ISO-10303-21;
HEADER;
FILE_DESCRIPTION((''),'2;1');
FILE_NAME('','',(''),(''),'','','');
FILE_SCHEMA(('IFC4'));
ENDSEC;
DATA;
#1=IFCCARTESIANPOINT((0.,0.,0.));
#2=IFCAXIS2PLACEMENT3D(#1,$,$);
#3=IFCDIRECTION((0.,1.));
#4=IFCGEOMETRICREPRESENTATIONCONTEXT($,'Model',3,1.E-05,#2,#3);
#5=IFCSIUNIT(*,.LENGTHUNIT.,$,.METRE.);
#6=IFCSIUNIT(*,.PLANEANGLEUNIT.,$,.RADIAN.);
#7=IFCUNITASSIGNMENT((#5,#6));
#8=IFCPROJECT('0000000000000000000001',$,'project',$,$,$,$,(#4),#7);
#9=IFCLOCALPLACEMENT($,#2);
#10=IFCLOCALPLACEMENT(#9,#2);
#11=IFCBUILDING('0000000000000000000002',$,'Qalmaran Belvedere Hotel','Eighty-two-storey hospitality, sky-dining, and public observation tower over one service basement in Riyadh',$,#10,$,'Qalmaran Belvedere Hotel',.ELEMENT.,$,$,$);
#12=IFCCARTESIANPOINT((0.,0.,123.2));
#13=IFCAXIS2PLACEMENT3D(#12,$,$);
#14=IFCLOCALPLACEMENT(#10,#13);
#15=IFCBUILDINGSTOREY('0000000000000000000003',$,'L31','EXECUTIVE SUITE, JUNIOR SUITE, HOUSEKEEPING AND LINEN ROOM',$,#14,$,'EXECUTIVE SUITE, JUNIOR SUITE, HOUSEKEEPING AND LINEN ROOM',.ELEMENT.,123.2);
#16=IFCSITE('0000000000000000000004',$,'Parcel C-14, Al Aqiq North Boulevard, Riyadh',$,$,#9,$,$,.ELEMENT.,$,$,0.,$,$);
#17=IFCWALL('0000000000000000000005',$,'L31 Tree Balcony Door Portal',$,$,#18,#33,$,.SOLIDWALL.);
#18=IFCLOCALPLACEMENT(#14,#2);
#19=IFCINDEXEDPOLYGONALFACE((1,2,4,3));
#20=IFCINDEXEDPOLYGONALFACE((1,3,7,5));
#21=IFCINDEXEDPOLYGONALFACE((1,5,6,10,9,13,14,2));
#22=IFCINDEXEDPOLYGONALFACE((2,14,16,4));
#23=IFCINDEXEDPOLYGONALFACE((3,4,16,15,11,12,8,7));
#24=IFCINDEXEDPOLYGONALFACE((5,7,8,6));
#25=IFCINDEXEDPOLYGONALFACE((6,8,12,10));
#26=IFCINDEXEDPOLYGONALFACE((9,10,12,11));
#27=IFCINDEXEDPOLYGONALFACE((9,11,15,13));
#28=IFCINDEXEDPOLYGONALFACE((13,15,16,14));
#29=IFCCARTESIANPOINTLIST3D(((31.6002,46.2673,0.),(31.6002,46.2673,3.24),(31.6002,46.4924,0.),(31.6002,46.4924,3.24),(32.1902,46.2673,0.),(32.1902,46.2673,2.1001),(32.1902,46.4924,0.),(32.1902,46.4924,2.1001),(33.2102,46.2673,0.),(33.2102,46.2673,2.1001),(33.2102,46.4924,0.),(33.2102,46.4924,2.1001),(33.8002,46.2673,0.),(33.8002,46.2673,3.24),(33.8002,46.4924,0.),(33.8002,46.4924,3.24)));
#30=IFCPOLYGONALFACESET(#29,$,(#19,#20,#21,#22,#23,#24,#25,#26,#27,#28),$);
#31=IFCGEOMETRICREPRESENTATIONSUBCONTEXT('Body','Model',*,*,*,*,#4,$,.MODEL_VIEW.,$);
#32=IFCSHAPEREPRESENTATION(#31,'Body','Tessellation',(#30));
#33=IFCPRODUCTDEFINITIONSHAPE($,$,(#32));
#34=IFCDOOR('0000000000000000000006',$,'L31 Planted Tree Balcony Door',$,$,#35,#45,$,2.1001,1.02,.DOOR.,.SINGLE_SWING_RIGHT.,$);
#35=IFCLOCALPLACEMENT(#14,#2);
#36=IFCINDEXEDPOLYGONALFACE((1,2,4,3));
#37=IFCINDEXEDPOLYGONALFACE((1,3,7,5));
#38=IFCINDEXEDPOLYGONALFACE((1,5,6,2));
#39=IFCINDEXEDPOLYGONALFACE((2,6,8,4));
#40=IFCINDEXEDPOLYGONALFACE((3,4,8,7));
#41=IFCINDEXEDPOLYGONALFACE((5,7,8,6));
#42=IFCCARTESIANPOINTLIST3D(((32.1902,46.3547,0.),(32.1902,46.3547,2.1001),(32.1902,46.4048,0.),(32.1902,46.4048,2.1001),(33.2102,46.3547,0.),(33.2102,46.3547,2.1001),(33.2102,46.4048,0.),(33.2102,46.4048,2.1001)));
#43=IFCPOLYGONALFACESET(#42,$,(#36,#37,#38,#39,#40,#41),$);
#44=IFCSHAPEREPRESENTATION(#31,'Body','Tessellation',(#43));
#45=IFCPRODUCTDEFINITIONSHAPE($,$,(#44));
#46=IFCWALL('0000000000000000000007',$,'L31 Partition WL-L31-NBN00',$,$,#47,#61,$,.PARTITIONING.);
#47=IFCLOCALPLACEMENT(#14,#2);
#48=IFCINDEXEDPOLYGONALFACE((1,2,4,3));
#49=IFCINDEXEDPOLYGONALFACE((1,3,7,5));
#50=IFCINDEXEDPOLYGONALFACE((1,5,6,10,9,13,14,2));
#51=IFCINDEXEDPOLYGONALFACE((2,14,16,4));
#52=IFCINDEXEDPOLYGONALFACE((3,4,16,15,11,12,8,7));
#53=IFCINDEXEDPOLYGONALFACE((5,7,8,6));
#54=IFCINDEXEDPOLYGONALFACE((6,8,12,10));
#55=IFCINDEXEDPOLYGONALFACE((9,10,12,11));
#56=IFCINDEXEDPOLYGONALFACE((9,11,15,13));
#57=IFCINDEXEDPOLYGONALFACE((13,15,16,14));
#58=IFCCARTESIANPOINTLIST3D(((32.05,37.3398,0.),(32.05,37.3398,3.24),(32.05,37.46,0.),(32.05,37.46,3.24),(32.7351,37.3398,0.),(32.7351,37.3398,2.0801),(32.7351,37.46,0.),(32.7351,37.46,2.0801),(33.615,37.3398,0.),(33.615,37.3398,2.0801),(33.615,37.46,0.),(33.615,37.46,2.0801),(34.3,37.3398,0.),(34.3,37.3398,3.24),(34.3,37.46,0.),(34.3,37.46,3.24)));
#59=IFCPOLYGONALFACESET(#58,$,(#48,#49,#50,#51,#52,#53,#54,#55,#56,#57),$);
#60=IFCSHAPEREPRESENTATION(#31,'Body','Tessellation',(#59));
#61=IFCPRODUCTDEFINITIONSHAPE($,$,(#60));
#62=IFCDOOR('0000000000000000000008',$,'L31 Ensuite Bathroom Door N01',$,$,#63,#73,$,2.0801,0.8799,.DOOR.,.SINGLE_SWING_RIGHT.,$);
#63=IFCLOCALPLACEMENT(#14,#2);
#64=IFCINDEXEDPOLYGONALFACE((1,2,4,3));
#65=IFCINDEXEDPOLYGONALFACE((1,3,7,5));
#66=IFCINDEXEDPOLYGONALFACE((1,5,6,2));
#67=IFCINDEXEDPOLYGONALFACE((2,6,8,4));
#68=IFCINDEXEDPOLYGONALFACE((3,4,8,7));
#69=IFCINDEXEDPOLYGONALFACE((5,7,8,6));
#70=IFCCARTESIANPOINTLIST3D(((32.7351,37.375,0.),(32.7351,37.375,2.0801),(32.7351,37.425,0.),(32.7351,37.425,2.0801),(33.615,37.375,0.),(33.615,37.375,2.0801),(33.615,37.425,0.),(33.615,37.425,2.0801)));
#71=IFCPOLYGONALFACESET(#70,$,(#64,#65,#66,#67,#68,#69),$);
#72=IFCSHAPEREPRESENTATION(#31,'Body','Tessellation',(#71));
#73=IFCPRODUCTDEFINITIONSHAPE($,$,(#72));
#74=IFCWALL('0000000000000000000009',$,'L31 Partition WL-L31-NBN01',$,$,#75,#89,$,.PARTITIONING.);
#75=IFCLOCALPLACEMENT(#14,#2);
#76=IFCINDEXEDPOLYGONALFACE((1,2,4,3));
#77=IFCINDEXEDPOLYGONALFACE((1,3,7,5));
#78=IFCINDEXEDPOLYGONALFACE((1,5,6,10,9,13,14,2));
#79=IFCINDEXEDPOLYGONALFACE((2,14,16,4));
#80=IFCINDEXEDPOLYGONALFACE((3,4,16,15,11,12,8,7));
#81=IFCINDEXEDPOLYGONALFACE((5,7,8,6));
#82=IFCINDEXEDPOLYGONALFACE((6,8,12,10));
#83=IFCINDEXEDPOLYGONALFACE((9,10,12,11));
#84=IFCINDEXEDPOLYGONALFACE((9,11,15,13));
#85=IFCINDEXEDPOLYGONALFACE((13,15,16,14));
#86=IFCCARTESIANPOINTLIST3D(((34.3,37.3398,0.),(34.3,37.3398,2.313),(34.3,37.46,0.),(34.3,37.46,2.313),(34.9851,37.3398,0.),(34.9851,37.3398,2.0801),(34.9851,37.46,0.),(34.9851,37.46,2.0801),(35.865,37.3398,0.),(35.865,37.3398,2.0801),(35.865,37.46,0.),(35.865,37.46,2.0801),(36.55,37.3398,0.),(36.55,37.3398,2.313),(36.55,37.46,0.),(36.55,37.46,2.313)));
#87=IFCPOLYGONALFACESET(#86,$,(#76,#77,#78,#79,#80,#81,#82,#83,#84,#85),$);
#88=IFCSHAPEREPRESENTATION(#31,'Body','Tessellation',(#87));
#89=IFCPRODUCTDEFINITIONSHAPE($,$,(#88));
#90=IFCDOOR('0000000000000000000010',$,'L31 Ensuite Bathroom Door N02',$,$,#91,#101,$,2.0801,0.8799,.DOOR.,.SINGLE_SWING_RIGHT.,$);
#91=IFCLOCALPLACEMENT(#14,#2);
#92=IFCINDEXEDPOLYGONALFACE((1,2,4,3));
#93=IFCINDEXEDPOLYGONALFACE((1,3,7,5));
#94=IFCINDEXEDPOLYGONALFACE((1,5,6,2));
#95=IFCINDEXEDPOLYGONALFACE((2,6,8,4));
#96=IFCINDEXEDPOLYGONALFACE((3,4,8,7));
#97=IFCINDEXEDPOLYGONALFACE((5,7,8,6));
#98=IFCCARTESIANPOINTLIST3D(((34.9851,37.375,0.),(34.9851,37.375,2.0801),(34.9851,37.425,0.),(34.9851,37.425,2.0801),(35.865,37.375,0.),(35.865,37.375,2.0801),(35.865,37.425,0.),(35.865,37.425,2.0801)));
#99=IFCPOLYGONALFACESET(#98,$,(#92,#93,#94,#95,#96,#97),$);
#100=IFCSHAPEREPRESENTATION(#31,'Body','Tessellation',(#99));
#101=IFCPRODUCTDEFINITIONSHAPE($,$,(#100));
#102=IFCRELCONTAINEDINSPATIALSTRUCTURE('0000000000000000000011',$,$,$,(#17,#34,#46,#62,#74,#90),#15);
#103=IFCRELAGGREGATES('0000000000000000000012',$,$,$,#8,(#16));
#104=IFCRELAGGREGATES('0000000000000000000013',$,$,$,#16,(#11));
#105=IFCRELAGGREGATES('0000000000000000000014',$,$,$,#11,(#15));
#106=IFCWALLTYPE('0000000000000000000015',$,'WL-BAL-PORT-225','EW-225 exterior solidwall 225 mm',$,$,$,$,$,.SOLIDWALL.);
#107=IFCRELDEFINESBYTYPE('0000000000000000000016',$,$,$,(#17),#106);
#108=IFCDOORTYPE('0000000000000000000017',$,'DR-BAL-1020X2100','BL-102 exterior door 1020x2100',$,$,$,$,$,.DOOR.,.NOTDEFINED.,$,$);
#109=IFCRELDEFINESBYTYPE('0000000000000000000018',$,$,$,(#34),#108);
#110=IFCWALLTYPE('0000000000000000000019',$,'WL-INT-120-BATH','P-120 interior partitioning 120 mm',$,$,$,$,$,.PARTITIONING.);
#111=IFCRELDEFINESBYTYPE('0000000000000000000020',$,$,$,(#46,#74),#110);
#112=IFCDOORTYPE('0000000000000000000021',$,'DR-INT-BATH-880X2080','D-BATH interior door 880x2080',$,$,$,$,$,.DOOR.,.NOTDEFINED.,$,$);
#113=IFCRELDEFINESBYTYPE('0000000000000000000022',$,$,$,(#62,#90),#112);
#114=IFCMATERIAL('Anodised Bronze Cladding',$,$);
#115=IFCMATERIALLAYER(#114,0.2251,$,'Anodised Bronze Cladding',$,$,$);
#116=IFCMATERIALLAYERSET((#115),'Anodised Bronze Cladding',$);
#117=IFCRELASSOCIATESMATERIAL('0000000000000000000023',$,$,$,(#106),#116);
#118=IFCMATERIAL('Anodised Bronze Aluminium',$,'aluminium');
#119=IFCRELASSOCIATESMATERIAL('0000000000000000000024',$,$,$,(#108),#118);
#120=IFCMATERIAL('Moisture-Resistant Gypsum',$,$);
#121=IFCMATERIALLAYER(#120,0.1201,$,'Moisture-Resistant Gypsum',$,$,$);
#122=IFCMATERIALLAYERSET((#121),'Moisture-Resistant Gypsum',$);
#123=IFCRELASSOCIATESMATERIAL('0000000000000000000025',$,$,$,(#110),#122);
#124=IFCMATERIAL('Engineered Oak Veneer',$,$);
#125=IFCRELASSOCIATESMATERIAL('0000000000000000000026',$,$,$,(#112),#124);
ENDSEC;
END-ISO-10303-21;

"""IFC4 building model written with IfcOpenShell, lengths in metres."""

from ifc_helpers import new_model, si_unit, direction, frame, frame_2d, origin, place, context, subcontext, project, spatial, rectangle, extrude, material, layer, layer_set, type_object, element, fill, save


model = new_model("IFC4")

# Units and contexts
model_context = context("Model", 3, precision=1e-05, world=origin(), true_north=direction((0.0, 1.0)))
body_context = subcontext(model_context, "Body", "Model", "MODEL_VIEW")
ifc_project = project(units=[si_unit("LENGTHUNIT", "METRE"), si_unit("PLANEANGLEUNIT", "RADIAN")], contexts=[model_context])

# Site, building, storey
site_placement = place(None, origin())
site = spatial("IfcSite", under=ifc_project, at=site_placement, Name="Parcel C-14, Al Aqiq North Boulevard, Riyadh", CompositionType="ELEMENT", RefElevation=0.0)
building_placement = place(site_placement, origin())
building = spatial("IfcBuilding", under=site, at=building_placement, Name="Qalmaran Belvedere Hotel", Description="Eighty-two-storey hospitality, sky-dining, and public observation tower over one service basement in Riyadh", LongName="Qalmaran Belvedere Hotel", CompositionType="ELEMENT")
storey_placement = place(building_placement, frame((0.0, 0.0, 123.2)))
storey = spatial("IfcBuildingStorey", under=building, at=storey_placement, Name="L31", Description="EXECUTIVE SUITE, JUNIOR SUITE, HOUSEKEEPING AND LINEN ROOM", LongName="EXECUTIVE SUITE, JUNIOR SUITE, HOUSEKEEPING AND LINEN ROOM", CompositionType="ELEMENT", Elevation=123.2)

# Shared definitions
ifc_material_1 = material(Name="Anodised Bronze Aluminium", Category="aluminium")

# Walls, openings, doors
ifc_material_2 = material(Name="Anodised Bronze Cladding")
ifc_layer_1 = layer(ifc_material_2, 0.2251, Name="Anodised Bronze Cladding")
ifc_layer_set_1 = layer_set([ifc_layer_1], Name="Anodised Bronze Cladding")
wall_type_1 = type_object("IfcWallType", Name="WL-BAL-PORT-225", Description="EW-225 exterior solidwall 225 mm", PredefinedType="SOLIDWALL", material=ifc_layer_set_1)
wall_1_placement = place(storey_placement, frame((31.6001, 46.3799, 0.0), z_axis=(0.0, 0.0, 1.0), x_axis=(1.0, 0.0, 0.0)))
wall_1 = element("IfcWall", 1, at=wall_1_placement, inside=storey, type_object=wall_type_1, Name="L31 Tree Balcony Door Portal", PredefinedType="SOLIDWALL", context=body_context, shape_type="SweptSolid", body=[
    extrude(rectangle(XDim=2.2, YDim=0.2251, at=frame_2d((1.1001, 0.0))), origin(), (0.0, 0.0, 1.0), 3.24),
])
opening_1_placement = place(wall_1_placement, frame((0.5901, 0.0, 0.0)))
opening_1 = element("IfcOpeningElement", 2, at=opening_1_placement, cuts=wall_1, PredefinedType="OPENING", context=body_context, shape_type="SweptSolid", body=[
    extrude(rectangle(XDim=1.02, YDim=2.1001, at=frame_2d((0.51, 1.05))), frame((0.0, 0.1226, 0.0), z_axis=(0.0, -1.0, 0.0), x_axis=(1.0, 0.0, 0.0)), (0.0, 0.0, 1.0), 0.2451),
])
door_type_1 = type_object("IfcDoorType", Name="DR-BAL-1020X2100", Description="BL-102 exterior door 1020x2100", OperationType="NOTDEFINED", PredefinedType="DOOR", material=ifc_material_1)
door_1_placement = place(opening_1_placement, origin())
door_1 = element("IfcDoor", 3, at=door_1_placement, inside=storey, type_object=door_type_1, Name="L31 Planted Tree Balcony Door", OperationType="SINGLE_SWING_RIGHT", OverallHeight=2.1001, OverallWidth=1.02, PredefinedType="DOOR", context=body_context, shape_type="SweptSolid", body=[
    extrude(rectangle(XDim=1.02, YDim=2.1001, at=frame_2d((0.51, 1.05))), frame((0.0, 0.0249, 0.0), z_axis=(0.0, -1.0, 0.0), x_axis=(1.0, 0.0, 0.0)), (0.0, 0.0, 1.0), 0.05),
])
fill(opening_1, door_1)
ifc_material_3 = material(Name="Moisture-Resistant Gypsum")
ifc_layer_2 = layer(ifc_material_3, 0.1201, Name="Moisture-Resistant Gypsum")
ifc_layer_set_2 = layer_set([ifc_layer_2], Name="Moisture-Resistant Gypsum")
wall_type_2 = type_object("IfcWallType", Name="WL-INT-120-BATH", Description="P-120 interior partitioning 120 mm", PredefinedType="PARTITIONING", material=ifc_layer_set_2)
wall_2_placement = place(storey_placement, frame((32.05, 37.3999, 0.0), z_axis=(0.0, 0.0, 1.0), x_axis=(1.0, 0.0, 0.0)))
wall_2 = element("IfcWall", 4, at=wall_2_placement, inside=storey, type_object=wall_type_2, Name="L31 Partition WL-L31-NBN00", PredefinedType="PARTITIONING", context=body_context, shape_type="SweptSolid", body=[
    extrude(rectangle(XDim=2.25, YDim=0.1201, at=frame_2d((1.125, 0.0))), origin(), (0.0, 0.0, 1.0), 3.24),
])
opening_2_placement = place(wall_2_placement, frame((1.5649, 0.0, 0.0), z_axis=(0.0, 0.0, 1.0), x_axis=(-1.0, 0.0, 0.0)))
opening_2 = element("IfcOpeningElement", 5, at=opening_2_placement, cuts=wall_2, PredefinedType="OPENING", context=body_context, shape_type="SweptSolid", body=[
    extrude(rectangle(XDim=0.8799, YDim=2.0801, at=frame_2d((0.4399, 1.04))), frame((0.0, 0.0701, 0.0), z_axis=(0.0, -1.0, 0.0), x_axis=(1.0, 0.0, 0.0)), (0.0, 0.0, 1.0), 0.1401),
])
ifc_material_4 = material(Name="Engineered Oak Veneer")
door_type_2 = type_object("IfcDoorType", Name="DR-INT-BATH-880X2080", Description="D-BATH interior door 880x2080", OperationType="NOTDEFINED", PredefinedType="DOOR", material=ifc_material_4)
door_2_placement = place(opening_2_placement, origin())
door_2 = element("IfcDoor", 6, at=door_2_placement, inside=storey, type_object=door_type_2, Name="L31 Ensuite Bathroom Door N01", OperationType="SINGLE_SWING_RIGHT", OverallHeight=2.0801, OverallWidth=0.8799, PredefinedType="DOOR", context=body_context, shape_type="SweptSolid", body=[
    extrude(rectangle(XDim=0.8799, YDim=2.0801, at=frame_2d((0.4399, 1.04))), frame((0.0, 0.0249, 0.0), z_axis=(0.0, -1.0, 0.0), x_axis=(1.0, 0.0, 0.0)), (0.0, 0.0, 1.0), 0.05),
])
fill(opening_2, door_2)
wall_3_placement = place(storey_placement, frame((34.3, 37.3999, 0.0), z_axis=(0.0, 0.0, 1.0), x_axis=(1.0, 0.0, 0.0)))
wall_3 = element("IfcWall", 7, at=wall_3_placement, inside=storey, type_object=wall_type_2, Name="L31 Partition WL-L31-NBN01", PredefinedType="PARTITIONING", context=body_context, shape_type="SweptSolid", body=[
    extrude(rectangle(XDim=2.25, YDim=0.1201, at=frame_2d((1.125, 0.0))), origin(), (0.0, 0.0, 1.0), 2.313),
])
opening_3_placement = place(wall_3_placement, frame((1.5649, 0.0, 0.0), z_axis=(0.0, 0.0, 1.0), x_axis=(-1.0, 0.0, 0.0)))
opening_3 = element("IfcOpeningElement", 8, at=opening_3_placement, cuts=wall_3, PredefinedType="OPENING", context=body_context, shape_type="SweptSolid", body=[
    extrude(rectangle(XDim=0.8799, YDim=2.0801, at=frame_2d((0.4399, 1.04))), frame((0.0, 0.0701, 0.0), z_axis=(0.0, -1.0, 0.0), x_axis=(1.0, 0.0, 0.0)), (0.0, 0.0, 1.0), 0.1401),
])
door_3_placement = place(opening_3_placement, origin())
door_3 = element("IfcDoor", 9, at=door_3_placement, inside=storey, type_object=door_type_2, Name="L31 Ensuite Bathroom Door N02", OperationType="SINGLE_SWING_RIGHT", OverallHeight=2.0801, OverallWidth=0.8799, PredefinedType="DOOR", context=body_context, shape_type="SweptSolid", body=[
    extrude(rectangle(XDim=0.8799, YDim=2.0801, at=frame_2d((0.4399, 1.04))), frame((0.0, 0.0249, 0.0), z_axis=(0.0, -1.0, 0.0), x_axis=(1.0, 0.0, 0.0)), (0.0, 0.0, 1.0), 0.05),
])
fill(opening_3, door_3)

save(model, "model.ifc")
